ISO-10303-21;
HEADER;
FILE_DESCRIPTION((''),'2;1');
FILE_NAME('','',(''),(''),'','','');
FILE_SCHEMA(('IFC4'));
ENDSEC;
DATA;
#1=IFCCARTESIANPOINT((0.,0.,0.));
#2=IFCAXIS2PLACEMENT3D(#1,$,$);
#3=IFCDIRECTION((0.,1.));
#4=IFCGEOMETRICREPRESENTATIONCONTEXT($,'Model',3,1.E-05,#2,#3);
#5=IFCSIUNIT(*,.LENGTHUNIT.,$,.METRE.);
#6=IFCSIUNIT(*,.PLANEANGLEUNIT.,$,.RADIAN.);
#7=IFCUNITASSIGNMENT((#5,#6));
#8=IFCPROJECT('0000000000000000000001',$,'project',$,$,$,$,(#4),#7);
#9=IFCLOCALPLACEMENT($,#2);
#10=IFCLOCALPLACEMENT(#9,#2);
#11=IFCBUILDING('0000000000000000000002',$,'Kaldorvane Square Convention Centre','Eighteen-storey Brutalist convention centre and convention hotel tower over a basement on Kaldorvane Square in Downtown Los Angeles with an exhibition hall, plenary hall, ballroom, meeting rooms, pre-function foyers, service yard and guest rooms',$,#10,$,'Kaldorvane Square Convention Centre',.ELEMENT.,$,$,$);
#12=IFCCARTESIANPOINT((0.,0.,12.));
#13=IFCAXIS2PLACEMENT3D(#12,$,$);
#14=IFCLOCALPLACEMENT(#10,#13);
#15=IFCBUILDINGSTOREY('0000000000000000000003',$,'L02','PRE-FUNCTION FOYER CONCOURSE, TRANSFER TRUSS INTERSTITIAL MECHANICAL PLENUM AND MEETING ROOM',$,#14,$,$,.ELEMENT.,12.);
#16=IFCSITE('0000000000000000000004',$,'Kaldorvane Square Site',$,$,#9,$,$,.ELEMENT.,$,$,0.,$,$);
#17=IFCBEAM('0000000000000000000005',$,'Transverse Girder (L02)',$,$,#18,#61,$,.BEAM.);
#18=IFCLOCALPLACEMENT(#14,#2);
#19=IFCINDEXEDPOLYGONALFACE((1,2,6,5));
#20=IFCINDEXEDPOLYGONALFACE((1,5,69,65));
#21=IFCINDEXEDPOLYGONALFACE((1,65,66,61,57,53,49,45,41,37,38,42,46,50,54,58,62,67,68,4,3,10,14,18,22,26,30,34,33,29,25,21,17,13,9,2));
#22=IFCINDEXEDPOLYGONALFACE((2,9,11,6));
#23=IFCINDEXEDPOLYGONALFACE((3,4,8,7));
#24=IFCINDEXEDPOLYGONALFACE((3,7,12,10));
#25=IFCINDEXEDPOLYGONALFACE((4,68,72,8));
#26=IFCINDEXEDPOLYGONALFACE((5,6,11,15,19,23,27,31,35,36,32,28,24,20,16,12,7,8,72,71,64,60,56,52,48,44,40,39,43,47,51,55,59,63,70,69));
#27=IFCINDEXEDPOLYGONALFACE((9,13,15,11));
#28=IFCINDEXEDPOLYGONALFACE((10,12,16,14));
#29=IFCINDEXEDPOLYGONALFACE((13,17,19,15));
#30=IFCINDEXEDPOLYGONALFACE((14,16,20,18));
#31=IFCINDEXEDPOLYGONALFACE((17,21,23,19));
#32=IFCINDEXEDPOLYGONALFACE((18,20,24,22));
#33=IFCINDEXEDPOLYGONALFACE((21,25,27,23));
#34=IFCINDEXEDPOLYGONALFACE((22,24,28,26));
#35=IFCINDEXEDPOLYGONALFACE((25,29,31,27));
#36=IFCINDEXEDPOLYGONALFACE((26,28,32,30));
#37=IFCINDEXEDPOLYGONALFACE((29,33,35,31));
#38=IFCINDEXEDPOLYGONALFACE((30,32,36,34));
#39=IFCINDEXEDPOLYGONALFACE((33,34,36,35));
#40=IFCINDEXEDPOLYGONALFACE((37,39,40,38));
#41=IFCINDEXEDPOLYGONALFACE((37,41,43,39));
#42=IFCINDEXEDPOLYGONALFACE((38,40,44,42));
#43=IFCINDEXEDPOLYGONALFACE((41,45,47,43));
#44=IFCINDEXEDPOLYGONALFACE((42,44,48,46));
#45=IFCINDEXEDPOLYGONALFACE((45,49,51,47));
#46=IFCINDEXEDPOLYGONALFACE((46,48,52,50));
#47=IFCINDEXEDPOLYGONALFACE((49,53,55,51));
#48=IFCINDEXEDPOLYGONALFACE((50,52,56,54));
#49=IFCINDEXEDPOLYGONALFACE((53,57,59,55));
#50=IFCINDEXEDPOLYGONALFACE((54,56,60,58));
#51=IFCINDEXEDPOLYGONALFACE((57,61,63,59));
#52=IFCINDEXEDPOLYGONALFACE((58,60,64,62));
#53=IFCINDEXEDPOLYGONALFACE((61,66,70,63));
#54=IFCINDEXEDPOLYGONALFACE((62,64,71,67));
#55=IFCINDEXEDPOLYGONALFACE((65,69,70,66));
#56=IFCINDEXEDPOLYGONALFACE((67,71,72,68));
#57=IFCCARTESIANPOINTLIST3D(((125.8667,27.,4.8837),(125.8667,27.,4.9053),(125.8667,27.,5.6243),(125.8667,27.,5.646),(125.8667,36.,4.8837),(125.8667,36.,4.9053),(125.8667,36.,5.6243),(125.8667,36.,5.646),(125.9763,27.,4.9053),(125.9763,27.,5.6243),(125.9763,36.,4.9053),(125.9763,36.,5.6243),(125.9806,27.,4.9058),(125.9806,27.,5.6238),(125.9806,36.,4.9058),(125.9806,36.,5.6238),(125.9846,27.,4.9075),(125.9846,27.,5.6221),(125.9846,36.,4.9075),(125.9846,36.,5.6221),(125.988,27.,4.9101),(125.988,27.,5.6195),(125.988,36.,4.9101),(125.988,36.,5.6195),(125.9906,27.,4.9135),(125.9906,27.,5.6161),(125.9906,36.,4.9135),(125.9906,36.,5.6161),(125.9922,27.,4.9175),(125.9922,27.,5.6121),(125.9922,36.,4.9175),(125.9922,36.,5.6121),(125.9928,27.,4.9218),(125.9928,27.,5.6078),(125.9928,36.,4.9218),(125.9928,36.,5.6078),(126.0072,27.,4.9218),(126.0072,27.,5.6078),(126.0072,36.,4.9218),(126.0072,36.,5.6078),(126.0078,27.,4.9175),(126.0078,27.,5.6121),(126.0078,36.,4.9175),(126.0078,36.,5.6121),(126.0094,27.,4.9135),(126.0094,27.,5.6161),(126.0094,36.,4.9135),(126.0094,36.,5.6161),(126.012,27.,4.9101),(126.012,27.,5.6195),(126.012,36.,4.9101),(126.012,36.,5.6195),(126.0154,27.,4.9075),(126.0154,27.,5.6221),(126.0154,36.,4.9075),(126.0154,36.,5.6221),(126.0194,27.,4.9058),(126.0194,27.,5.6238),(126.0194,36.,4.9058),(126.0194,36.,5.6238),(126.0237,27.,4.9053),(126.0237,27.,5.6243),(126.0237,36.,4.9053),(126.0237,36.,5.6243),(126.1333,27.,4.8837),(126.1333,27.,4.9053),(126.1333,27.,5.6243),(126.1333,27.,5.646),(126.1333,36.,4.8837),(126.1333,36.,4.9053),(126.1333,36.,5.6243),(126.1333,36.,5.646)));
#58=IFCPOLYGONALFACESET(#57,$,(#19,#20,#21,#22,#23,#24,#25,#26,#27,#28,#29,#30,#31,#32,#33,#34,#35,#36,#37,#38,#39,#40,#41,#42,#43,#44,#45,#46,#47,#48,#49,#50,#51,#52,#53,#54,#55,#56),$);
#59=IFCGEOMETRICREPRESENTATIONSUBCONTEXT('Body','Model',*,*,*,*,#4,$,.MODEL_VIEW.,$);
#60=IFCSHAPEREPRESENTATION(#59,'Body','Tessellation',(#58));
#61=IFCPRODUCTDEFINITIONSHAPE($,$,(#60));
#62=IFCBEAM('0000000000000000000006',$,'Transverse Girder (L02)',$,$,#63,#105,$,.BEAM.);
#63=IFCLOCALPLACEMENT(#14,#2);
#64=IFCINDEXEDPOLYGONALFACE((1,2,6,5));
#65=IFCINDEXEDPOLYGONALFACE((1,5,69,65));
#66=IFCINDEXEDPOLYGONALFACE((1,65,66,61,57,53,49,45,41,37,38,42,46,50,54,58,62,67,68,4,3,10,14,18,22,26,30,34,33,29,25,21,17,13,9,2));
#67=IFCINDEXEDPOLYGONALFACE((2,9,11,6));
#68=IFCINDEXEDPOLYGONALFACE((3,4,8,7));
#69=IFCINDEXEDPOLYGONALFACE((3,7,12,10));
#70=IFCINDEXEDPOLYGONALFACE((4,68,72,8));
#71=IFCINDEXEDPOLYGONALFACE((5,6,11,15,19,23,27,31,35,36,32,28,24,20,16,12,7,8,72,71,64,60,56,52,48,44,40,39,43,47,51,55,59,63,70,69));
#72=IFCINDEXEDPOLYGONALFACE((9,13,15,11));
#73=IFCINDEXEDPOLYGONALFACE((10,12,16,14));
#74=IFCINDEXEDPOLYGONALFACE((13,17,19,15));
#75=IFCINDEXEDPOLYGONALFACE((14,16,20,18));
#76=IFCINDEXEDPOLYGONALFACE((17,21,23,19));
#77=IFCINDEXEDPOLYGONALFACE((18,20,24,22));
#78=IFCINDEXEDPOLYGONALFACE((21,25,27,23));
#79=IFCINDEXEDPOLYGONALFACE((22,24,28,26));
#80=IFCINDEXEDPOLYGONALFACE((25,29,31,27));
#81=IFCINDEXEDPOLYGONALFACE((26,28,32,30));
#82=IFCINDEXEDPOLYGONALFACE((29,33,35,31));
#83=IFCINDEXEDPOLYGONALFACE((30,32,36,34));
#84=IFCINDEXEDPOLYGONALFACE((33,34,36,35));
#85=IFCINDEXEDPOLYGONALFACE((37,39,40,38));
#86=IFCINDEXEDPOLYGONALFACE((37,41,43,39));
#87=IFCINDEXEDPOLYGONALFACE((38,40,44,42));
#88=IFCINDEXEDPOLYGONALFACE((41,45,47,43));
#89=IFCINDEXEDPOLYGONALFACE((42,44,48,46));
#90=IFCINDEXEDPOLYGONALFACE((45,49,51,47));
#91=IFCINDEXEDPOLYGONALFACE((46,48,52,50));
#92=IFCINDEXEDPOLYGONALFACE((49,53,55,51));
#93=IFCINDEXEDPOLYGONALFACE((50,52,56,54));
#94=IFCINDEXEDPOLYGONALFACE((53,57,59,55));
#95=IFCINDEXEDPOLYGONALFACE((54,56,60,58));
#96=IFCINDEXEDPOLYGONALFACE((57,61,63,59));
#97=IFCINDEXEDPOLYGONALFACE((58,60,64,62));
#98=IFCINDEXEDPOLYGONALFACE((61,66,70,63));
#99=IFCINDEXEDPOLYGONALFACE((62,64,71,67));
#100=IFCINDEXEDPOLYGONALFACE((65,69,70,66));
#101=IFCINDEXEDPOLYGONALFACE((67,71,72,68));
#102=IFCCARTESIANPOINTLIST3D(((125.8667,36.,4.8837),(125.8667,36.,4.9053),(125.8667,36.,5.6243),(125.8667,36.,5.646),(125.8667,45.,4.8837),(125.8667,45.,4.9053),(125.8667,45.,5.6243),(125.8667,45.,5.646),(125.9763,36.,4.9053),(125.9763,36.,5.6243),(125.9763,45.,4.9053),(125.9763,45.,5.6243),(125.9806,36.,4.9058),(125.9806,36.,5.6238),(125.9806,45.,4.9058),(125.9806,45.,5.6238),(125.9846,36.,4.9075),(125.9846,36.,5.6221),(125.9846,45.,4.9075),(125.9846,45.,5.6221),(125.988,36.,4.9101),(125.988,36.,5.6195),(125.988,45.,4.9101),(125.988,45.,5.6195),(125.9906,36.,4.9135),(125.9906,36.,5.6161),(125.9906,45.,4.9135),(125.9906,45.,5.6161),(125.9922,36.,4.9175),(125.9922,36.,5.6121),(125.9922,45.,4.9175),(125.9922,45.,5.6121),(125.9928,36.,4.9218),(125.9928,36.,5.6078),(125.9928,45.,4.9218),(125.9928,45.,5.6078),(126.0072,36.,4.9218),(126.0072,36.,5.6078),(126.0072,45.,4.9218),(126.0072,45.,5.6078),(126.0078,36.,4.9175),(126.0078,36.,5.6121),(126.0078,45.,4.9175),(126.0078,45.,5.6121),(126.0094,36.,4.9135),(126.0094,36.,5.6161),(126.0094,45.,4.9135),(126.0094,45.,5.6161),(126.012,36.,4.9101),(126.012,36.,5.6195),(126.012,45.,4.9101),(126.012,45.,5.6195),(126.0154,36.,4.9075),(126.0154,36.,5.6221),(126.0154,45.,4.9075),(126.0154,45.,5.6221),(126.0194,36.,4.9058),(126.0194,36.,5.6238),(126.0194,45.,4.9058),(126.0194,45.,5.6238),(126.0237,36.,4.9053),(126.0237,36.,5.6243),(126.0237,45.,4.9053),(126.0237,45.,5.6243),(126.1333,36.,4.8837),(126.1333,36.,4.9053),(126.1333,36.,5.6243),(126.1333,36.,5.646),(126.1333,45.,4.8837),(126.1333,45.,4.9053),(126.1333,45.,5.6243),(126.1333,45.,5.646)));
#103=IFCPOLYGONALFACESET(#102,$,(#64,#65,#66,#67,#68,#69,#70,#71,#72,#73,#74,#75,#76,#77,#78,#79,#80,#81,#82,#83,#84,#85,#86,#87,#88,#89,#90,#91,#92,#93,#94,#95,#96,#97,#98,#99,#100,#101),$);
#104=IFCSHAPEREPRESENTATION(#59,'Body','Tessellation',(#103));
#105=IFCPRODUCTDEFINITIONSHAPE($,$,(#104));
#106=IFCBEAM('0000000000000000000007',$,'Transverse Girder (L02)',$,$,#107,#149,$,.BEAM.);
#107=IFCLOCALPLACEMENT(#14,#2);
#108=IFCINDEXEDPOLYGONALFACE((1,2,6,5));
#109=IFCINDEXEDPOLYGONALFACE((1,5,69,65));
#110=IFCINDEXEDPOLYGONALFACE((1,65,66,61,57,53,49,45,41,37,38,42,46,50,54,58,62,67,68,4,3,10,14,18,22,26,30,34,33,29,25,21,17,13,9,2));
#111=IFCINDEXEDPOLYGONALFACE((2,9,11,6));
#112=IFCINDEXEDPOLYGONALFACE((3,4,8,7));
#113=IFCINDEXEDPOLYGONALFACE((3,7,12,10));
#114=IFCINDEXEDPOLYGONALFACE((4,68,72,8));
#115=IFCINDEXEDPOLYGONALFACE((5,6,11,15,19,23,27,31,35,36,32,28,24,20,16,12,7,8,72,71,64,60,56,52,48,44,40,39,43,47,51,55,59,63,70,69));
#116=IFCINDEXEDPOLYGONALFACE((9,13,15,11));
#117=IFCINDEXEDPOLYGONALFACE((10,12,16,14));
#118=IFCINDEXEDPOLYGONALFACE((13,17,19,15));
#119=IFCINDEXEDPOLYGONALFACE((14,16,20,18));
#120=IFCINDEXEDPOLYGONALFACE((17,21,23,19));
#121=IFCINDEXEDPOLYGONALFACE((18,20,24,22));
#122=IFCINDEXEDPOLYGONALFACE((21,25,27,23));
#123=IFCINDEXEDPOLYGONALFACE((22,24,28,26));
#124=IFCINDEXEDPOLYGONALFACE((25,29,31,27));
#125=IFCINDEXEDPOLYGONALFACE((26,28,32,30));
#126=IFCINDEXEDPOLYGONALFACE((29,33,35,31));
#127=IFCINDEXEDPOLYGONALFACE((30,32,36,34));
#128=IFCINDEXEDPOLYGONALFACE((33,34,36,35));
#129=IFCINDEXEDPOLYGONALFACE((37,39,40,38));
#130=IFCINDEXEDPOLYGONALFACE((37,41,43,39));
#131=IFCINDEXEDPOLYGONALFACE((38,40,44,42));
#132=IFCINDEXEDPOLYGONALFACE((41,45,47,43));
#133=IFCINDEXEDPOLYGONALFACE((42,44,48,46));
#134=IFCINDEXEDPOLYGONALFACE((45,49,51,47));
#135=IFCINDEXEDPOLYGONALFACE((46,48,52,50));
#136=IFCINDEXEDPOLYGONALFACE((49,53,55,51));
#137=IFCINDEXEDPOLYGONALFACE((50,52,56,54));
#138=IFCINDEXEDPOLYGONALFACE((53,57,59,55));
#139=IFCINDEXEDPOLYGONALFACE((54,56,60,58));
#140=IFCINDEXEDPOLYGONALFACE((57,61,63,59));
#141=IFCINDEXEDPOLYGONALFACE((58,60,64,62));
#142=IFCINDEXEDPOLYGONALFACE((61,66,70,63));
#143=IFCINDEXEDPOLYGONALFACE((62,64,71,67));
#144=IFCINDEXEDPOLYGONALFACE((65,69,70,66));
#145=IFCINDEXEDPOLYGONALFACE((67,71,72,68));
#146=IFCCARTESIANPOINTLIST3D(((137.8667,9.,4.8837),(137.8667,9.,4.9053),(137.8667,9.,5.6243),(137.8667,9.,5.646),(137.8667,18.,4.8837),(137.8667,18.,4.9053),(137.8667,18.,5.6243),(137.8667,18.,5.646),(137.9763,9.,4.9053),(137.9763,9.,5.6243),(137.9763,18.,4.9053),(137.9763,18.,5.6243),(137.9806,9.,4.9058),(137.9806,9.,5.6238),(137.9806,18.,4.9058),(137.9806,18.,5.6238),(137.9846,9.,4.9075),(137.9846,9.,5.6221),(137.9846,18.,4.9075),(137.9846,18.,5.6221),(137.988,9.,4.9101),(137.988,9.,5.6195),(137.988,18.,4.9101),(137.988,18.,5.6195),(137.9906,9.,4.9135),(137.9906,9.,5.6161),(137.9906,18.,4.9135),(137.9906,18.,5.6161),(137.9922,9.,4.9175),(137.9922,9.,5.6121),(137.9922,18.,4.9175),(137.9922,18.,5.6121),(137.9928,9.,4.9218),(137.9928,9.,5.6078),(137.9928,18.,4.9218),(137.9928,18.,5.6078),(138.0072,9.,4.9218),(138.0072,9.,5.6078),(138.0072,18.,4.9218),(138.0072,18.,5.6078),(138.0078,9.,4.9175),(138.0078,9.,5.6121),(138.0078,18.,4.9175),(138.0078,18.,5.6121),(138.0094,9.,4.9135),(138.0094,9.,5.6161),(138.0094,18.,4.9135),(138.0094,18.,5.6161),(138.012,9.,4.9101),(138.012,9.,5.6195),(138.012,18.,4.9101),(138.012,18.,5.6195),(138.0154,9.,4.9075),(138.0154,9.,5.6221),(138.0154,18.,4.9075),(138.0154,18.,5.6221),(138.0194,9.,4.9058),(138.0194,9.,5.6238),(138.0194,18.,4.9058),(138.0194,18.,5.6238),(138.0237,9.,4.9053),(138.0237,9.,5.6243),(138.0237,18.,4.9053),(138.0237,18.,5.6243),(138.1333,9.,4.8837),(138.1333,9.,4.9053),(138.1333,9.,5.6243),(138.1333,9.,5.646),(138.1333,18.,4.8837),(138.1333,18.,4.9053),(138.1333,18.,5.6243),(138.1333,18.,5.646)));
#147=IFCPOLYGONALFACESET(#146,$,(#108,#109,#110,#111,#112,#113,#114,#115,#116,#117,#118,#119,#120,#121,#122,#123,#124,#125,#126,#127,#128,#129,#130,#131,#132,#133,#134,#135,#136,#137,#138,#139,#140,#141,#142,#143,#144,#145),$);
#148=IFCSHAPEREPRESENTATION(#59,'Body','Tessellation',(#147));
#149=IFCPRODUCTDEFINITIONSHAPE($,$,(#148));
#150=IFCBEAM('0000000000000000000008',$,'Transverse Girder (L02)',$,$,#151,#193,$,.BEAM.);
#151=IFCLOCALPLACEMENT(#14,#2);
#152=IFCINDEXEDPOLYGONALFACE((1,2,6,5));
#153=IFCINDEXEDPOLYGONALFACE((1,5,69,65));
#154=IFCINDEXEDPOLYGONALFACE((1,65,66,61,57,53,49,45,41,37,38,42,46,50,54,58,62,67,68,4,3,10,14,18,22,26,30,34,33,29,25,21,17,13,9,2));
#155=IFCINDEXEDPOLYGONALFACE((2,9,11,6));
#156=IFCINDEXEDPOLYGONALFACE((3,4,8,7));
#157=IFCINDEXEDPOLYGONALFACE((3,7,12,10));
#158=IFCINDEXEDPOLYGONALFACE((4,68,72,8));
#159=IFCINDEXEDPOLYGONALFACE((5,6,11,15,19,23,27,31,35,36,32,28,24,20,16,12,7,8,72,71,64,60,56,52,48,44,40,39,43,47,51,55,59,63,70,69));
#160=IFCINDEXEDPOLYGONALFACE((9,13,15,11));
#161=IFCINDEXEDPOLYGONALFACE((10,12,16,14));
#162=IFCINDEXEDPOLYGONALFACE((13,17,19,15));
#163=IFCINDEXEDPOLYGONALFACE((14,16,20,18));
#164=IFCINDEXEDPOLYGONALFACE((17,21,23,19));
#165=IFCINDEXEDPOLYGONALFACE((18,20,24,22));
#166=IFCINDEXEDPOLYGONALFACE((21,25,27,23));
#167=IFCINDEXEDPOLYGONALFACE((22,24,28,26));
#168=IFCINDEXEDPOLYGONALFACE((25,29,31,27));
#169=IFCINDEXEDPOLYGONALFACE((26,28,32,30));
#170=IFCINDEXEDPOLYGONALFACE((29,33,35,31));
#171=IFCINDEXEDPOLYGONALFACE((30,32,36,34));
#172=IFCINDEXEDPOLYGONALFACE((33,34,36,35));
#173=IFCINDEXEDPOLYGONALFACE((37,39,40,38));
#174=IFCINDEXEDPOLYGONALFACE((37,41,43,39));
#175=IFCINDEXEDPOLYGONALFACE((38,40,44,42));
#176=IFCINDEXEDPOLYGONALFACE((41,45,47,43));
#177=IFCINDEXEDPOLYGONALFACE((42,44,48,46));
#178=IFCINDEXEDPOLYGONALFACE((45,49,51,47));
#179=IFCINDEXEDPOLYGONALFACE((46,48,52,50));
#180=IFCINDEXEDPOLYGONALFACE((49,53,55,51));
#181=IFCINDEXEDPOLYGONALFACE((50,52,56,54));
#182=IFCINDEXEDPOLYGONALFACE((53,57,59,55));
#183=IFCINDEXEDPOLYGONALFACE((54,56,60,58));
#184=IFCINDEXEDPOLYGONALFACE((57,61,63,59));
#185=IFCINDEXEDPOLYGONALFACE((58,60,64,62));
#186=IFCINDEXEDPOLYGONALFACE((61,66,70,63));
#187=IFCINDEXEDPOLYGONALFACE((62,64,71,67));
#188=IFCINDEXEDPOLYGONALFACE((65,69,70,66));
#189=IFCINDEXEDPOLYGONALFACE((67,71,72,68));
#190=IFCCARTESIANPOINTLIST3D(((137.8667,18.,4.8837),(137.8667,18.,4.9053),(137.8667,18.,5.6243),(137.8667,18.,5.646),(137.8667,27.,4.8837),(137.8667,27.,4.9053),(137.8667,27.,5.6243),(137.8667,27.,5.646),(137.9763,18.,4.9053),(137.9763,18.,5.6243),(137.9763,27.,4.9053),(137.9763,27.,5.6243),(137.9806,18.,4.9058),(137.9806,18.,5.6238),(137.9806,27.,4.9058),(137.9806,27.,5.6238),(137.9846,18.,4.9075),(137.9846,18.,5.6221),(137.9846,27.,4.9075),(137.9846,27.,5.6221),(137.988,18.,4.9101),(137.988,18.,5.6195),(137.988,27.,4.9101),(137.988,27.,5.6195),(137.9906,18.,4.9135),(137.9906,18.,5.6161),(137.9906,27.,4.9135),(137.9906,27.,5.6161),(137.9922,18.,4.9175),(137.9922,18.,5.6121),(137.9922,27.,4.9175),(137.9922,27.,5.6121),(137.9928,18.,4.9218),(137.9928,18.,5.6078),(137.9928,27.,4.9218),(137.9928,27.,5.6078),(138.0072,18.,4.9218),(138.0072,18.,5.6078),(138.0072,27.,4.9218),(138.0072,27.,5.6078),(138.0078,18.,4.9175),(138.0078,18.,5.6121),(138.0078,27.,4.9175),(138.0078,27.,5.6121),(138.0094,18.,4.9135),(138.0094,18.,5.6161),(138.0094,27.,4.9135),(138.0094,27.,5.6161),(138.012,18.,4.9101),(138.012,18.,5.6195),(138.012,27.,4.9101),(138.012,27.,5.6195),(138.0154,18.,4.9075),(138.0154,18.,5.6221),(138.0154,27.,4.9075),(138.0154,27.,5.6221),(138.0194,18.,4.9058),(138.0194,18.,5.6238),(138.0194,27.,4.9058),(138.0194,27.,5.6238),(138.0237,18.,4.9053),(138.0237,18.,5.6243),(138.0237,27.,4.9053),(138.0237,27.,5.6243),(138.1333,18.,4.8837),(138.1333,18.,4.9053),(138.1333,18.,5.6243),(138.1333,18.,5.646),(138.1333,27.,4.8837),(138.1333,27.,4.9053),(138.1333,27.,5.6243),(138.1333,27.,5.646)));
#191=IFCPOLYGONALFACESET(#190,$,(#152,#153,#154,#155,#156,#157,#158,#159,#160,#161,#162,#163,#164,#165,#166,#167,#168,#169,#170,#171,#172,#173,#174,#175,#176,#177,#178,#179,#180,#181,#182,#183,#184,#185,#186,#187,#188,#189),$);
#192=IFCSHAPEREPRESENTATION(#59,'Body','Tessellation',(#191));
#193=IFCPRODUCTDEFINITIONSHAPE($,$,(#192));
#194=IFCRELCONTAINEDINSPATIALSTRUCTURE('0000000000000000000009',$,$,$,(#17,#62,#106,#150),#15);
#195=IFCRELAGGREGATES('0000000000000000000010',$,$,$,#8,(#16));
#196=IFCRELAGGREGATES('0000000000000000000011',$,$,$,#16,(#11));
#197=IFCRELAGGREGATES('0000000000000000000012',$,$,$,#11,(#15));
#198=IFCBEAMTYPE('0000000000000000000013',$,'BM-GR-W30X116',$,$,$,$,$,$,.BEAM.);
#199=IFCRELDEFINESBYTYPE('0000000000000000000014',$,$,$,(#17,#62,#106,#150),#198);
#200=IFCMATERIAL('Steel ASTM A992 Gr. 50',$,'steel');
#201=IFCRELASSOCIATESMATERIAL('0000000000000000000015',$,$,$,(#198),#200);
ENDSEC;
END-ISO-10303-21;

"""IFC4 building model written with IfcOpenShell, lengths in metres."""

from ifc_helpers import new_model, si_unit, direction, frame, origin, origin_2d, place, context, subcontext, project, spatial, i_section, extrude, material, material_profile, profile_set, type_object, element, save


model = new_model("IFC4")

# Units and contexts
model_context = context("Model", 3, precision=1e-05, world=origin(), true_north=direction((0.0, 1.0)))
body_context = subcontext(model_context, "Body", "Model", "MODEL_VIEW")
ifc_project = project(units=[si_unit("LENGTHUNIT", "METRE"), si_unit("PLANEANGLEUNIT", "RADIAN")], contexts=[model_context])

# Site, building, storey
site_placement = place(None, origin())
site = spatial("IfcSite", under=ifc_project, at=site_placement, Name="Kaldorvane Square Site", CompositionType="ELEMENT", RefElevation=0.0)
building_placement = place(site_placement, origin())
building = spatial("IfcBuilding", under=site, at=building_placement, Name="Kaldorvane Square Convention Centre", Description="Eighteen-storey Brutalist convention centre and convention hotel tower over a basement on Kaldorvane Square in Downtown Los Angeles with an exhibition hall, plenary hall, ballroom, meeting rooms, pre-function foyers, service yard and guest rooms", LongName="Kaldorvane Square Convention Centre", CompositionType="ELEMENT")
storey_placement = place(building_placement, frame((0.0, 0.0, 12.0)))
storey = spatial("IfcBuildingStorey", under=building, at=storey_placement, Name="L02", Description="PRE-FUNCTION FOYER CONCOURSE, TRANSFER TRUSS INTERSTITIAL MECHANICAL PLENUM AND MEETING ROOM", CompositionType="ELEMENT", Elevation=12.0)

# Shared definitions
ifc_material_1 = material(Name="Steel ASTM A992 Gr. 50", Category="steel")

# Beams
ifc_material_profile_1 = material_profile(ifc_material_1, i_section(OverallWidth=0.2666, OverallDepth=0.7623, WebThickness=0.0144, FlangeThickness=0.0216, FilletRadius=0.0165, at=origin_2d()), Name="W30X116")
ifc_profile_set_1 = profile_set([ifc_material_profile_1], Name="Steel ASTM A992 Gr. 50")
beam_type_1 = type_object("IfcBeamType", Name="BM-GR-W30X116", PredefinedType="BEAM", material=ifc_profile_set_1)
for number, where, z_axis, x_axis, name in (
    (1, (126.0, 27.0, 5.2648), (0.0, 1.0, 0.0), (-1.0, 0.0, 0.0), "Transverse Girder (L02)"),
    (2, (126.0, 36.0, 5.2648), (0.0, 1.0, 0.0), (-1.0, 0.0, 0.0), "Transverse Girder (L02)"),
    (3, (138.0, 9.0, 5.2648), (0.0, 1.0, 0.0), (-1.0, 0.0, 0.0), "Transverse Girder (L02)"),
    (4, (138.0, 18.0, 5.2648), (0.0, 1.0, 0.0), (-1.0, 0.0, 0.0), "Transverse Girder (L02)"),
):
    element("IfcBeam", number, at=place(storey_placement, frame(where, z_axis=z_axis, x_axis=x_axis)), inside=storey, type_object=beam_type_1, Name=name, PredefinedType="BEAM", context=body_context, shape_type="SweptSolid", body=[
        extrude(i_section(OverallWidth=0.2666, OverallDepth=0.7623, WebThickness=0.0144, FlangeThickness=0.0216, FilletRadius=0.0165, at=origin_2d()), origin(), (0.0, 0.0, 1.0), 9.0),
    ])

save(model, "model.ifc")
